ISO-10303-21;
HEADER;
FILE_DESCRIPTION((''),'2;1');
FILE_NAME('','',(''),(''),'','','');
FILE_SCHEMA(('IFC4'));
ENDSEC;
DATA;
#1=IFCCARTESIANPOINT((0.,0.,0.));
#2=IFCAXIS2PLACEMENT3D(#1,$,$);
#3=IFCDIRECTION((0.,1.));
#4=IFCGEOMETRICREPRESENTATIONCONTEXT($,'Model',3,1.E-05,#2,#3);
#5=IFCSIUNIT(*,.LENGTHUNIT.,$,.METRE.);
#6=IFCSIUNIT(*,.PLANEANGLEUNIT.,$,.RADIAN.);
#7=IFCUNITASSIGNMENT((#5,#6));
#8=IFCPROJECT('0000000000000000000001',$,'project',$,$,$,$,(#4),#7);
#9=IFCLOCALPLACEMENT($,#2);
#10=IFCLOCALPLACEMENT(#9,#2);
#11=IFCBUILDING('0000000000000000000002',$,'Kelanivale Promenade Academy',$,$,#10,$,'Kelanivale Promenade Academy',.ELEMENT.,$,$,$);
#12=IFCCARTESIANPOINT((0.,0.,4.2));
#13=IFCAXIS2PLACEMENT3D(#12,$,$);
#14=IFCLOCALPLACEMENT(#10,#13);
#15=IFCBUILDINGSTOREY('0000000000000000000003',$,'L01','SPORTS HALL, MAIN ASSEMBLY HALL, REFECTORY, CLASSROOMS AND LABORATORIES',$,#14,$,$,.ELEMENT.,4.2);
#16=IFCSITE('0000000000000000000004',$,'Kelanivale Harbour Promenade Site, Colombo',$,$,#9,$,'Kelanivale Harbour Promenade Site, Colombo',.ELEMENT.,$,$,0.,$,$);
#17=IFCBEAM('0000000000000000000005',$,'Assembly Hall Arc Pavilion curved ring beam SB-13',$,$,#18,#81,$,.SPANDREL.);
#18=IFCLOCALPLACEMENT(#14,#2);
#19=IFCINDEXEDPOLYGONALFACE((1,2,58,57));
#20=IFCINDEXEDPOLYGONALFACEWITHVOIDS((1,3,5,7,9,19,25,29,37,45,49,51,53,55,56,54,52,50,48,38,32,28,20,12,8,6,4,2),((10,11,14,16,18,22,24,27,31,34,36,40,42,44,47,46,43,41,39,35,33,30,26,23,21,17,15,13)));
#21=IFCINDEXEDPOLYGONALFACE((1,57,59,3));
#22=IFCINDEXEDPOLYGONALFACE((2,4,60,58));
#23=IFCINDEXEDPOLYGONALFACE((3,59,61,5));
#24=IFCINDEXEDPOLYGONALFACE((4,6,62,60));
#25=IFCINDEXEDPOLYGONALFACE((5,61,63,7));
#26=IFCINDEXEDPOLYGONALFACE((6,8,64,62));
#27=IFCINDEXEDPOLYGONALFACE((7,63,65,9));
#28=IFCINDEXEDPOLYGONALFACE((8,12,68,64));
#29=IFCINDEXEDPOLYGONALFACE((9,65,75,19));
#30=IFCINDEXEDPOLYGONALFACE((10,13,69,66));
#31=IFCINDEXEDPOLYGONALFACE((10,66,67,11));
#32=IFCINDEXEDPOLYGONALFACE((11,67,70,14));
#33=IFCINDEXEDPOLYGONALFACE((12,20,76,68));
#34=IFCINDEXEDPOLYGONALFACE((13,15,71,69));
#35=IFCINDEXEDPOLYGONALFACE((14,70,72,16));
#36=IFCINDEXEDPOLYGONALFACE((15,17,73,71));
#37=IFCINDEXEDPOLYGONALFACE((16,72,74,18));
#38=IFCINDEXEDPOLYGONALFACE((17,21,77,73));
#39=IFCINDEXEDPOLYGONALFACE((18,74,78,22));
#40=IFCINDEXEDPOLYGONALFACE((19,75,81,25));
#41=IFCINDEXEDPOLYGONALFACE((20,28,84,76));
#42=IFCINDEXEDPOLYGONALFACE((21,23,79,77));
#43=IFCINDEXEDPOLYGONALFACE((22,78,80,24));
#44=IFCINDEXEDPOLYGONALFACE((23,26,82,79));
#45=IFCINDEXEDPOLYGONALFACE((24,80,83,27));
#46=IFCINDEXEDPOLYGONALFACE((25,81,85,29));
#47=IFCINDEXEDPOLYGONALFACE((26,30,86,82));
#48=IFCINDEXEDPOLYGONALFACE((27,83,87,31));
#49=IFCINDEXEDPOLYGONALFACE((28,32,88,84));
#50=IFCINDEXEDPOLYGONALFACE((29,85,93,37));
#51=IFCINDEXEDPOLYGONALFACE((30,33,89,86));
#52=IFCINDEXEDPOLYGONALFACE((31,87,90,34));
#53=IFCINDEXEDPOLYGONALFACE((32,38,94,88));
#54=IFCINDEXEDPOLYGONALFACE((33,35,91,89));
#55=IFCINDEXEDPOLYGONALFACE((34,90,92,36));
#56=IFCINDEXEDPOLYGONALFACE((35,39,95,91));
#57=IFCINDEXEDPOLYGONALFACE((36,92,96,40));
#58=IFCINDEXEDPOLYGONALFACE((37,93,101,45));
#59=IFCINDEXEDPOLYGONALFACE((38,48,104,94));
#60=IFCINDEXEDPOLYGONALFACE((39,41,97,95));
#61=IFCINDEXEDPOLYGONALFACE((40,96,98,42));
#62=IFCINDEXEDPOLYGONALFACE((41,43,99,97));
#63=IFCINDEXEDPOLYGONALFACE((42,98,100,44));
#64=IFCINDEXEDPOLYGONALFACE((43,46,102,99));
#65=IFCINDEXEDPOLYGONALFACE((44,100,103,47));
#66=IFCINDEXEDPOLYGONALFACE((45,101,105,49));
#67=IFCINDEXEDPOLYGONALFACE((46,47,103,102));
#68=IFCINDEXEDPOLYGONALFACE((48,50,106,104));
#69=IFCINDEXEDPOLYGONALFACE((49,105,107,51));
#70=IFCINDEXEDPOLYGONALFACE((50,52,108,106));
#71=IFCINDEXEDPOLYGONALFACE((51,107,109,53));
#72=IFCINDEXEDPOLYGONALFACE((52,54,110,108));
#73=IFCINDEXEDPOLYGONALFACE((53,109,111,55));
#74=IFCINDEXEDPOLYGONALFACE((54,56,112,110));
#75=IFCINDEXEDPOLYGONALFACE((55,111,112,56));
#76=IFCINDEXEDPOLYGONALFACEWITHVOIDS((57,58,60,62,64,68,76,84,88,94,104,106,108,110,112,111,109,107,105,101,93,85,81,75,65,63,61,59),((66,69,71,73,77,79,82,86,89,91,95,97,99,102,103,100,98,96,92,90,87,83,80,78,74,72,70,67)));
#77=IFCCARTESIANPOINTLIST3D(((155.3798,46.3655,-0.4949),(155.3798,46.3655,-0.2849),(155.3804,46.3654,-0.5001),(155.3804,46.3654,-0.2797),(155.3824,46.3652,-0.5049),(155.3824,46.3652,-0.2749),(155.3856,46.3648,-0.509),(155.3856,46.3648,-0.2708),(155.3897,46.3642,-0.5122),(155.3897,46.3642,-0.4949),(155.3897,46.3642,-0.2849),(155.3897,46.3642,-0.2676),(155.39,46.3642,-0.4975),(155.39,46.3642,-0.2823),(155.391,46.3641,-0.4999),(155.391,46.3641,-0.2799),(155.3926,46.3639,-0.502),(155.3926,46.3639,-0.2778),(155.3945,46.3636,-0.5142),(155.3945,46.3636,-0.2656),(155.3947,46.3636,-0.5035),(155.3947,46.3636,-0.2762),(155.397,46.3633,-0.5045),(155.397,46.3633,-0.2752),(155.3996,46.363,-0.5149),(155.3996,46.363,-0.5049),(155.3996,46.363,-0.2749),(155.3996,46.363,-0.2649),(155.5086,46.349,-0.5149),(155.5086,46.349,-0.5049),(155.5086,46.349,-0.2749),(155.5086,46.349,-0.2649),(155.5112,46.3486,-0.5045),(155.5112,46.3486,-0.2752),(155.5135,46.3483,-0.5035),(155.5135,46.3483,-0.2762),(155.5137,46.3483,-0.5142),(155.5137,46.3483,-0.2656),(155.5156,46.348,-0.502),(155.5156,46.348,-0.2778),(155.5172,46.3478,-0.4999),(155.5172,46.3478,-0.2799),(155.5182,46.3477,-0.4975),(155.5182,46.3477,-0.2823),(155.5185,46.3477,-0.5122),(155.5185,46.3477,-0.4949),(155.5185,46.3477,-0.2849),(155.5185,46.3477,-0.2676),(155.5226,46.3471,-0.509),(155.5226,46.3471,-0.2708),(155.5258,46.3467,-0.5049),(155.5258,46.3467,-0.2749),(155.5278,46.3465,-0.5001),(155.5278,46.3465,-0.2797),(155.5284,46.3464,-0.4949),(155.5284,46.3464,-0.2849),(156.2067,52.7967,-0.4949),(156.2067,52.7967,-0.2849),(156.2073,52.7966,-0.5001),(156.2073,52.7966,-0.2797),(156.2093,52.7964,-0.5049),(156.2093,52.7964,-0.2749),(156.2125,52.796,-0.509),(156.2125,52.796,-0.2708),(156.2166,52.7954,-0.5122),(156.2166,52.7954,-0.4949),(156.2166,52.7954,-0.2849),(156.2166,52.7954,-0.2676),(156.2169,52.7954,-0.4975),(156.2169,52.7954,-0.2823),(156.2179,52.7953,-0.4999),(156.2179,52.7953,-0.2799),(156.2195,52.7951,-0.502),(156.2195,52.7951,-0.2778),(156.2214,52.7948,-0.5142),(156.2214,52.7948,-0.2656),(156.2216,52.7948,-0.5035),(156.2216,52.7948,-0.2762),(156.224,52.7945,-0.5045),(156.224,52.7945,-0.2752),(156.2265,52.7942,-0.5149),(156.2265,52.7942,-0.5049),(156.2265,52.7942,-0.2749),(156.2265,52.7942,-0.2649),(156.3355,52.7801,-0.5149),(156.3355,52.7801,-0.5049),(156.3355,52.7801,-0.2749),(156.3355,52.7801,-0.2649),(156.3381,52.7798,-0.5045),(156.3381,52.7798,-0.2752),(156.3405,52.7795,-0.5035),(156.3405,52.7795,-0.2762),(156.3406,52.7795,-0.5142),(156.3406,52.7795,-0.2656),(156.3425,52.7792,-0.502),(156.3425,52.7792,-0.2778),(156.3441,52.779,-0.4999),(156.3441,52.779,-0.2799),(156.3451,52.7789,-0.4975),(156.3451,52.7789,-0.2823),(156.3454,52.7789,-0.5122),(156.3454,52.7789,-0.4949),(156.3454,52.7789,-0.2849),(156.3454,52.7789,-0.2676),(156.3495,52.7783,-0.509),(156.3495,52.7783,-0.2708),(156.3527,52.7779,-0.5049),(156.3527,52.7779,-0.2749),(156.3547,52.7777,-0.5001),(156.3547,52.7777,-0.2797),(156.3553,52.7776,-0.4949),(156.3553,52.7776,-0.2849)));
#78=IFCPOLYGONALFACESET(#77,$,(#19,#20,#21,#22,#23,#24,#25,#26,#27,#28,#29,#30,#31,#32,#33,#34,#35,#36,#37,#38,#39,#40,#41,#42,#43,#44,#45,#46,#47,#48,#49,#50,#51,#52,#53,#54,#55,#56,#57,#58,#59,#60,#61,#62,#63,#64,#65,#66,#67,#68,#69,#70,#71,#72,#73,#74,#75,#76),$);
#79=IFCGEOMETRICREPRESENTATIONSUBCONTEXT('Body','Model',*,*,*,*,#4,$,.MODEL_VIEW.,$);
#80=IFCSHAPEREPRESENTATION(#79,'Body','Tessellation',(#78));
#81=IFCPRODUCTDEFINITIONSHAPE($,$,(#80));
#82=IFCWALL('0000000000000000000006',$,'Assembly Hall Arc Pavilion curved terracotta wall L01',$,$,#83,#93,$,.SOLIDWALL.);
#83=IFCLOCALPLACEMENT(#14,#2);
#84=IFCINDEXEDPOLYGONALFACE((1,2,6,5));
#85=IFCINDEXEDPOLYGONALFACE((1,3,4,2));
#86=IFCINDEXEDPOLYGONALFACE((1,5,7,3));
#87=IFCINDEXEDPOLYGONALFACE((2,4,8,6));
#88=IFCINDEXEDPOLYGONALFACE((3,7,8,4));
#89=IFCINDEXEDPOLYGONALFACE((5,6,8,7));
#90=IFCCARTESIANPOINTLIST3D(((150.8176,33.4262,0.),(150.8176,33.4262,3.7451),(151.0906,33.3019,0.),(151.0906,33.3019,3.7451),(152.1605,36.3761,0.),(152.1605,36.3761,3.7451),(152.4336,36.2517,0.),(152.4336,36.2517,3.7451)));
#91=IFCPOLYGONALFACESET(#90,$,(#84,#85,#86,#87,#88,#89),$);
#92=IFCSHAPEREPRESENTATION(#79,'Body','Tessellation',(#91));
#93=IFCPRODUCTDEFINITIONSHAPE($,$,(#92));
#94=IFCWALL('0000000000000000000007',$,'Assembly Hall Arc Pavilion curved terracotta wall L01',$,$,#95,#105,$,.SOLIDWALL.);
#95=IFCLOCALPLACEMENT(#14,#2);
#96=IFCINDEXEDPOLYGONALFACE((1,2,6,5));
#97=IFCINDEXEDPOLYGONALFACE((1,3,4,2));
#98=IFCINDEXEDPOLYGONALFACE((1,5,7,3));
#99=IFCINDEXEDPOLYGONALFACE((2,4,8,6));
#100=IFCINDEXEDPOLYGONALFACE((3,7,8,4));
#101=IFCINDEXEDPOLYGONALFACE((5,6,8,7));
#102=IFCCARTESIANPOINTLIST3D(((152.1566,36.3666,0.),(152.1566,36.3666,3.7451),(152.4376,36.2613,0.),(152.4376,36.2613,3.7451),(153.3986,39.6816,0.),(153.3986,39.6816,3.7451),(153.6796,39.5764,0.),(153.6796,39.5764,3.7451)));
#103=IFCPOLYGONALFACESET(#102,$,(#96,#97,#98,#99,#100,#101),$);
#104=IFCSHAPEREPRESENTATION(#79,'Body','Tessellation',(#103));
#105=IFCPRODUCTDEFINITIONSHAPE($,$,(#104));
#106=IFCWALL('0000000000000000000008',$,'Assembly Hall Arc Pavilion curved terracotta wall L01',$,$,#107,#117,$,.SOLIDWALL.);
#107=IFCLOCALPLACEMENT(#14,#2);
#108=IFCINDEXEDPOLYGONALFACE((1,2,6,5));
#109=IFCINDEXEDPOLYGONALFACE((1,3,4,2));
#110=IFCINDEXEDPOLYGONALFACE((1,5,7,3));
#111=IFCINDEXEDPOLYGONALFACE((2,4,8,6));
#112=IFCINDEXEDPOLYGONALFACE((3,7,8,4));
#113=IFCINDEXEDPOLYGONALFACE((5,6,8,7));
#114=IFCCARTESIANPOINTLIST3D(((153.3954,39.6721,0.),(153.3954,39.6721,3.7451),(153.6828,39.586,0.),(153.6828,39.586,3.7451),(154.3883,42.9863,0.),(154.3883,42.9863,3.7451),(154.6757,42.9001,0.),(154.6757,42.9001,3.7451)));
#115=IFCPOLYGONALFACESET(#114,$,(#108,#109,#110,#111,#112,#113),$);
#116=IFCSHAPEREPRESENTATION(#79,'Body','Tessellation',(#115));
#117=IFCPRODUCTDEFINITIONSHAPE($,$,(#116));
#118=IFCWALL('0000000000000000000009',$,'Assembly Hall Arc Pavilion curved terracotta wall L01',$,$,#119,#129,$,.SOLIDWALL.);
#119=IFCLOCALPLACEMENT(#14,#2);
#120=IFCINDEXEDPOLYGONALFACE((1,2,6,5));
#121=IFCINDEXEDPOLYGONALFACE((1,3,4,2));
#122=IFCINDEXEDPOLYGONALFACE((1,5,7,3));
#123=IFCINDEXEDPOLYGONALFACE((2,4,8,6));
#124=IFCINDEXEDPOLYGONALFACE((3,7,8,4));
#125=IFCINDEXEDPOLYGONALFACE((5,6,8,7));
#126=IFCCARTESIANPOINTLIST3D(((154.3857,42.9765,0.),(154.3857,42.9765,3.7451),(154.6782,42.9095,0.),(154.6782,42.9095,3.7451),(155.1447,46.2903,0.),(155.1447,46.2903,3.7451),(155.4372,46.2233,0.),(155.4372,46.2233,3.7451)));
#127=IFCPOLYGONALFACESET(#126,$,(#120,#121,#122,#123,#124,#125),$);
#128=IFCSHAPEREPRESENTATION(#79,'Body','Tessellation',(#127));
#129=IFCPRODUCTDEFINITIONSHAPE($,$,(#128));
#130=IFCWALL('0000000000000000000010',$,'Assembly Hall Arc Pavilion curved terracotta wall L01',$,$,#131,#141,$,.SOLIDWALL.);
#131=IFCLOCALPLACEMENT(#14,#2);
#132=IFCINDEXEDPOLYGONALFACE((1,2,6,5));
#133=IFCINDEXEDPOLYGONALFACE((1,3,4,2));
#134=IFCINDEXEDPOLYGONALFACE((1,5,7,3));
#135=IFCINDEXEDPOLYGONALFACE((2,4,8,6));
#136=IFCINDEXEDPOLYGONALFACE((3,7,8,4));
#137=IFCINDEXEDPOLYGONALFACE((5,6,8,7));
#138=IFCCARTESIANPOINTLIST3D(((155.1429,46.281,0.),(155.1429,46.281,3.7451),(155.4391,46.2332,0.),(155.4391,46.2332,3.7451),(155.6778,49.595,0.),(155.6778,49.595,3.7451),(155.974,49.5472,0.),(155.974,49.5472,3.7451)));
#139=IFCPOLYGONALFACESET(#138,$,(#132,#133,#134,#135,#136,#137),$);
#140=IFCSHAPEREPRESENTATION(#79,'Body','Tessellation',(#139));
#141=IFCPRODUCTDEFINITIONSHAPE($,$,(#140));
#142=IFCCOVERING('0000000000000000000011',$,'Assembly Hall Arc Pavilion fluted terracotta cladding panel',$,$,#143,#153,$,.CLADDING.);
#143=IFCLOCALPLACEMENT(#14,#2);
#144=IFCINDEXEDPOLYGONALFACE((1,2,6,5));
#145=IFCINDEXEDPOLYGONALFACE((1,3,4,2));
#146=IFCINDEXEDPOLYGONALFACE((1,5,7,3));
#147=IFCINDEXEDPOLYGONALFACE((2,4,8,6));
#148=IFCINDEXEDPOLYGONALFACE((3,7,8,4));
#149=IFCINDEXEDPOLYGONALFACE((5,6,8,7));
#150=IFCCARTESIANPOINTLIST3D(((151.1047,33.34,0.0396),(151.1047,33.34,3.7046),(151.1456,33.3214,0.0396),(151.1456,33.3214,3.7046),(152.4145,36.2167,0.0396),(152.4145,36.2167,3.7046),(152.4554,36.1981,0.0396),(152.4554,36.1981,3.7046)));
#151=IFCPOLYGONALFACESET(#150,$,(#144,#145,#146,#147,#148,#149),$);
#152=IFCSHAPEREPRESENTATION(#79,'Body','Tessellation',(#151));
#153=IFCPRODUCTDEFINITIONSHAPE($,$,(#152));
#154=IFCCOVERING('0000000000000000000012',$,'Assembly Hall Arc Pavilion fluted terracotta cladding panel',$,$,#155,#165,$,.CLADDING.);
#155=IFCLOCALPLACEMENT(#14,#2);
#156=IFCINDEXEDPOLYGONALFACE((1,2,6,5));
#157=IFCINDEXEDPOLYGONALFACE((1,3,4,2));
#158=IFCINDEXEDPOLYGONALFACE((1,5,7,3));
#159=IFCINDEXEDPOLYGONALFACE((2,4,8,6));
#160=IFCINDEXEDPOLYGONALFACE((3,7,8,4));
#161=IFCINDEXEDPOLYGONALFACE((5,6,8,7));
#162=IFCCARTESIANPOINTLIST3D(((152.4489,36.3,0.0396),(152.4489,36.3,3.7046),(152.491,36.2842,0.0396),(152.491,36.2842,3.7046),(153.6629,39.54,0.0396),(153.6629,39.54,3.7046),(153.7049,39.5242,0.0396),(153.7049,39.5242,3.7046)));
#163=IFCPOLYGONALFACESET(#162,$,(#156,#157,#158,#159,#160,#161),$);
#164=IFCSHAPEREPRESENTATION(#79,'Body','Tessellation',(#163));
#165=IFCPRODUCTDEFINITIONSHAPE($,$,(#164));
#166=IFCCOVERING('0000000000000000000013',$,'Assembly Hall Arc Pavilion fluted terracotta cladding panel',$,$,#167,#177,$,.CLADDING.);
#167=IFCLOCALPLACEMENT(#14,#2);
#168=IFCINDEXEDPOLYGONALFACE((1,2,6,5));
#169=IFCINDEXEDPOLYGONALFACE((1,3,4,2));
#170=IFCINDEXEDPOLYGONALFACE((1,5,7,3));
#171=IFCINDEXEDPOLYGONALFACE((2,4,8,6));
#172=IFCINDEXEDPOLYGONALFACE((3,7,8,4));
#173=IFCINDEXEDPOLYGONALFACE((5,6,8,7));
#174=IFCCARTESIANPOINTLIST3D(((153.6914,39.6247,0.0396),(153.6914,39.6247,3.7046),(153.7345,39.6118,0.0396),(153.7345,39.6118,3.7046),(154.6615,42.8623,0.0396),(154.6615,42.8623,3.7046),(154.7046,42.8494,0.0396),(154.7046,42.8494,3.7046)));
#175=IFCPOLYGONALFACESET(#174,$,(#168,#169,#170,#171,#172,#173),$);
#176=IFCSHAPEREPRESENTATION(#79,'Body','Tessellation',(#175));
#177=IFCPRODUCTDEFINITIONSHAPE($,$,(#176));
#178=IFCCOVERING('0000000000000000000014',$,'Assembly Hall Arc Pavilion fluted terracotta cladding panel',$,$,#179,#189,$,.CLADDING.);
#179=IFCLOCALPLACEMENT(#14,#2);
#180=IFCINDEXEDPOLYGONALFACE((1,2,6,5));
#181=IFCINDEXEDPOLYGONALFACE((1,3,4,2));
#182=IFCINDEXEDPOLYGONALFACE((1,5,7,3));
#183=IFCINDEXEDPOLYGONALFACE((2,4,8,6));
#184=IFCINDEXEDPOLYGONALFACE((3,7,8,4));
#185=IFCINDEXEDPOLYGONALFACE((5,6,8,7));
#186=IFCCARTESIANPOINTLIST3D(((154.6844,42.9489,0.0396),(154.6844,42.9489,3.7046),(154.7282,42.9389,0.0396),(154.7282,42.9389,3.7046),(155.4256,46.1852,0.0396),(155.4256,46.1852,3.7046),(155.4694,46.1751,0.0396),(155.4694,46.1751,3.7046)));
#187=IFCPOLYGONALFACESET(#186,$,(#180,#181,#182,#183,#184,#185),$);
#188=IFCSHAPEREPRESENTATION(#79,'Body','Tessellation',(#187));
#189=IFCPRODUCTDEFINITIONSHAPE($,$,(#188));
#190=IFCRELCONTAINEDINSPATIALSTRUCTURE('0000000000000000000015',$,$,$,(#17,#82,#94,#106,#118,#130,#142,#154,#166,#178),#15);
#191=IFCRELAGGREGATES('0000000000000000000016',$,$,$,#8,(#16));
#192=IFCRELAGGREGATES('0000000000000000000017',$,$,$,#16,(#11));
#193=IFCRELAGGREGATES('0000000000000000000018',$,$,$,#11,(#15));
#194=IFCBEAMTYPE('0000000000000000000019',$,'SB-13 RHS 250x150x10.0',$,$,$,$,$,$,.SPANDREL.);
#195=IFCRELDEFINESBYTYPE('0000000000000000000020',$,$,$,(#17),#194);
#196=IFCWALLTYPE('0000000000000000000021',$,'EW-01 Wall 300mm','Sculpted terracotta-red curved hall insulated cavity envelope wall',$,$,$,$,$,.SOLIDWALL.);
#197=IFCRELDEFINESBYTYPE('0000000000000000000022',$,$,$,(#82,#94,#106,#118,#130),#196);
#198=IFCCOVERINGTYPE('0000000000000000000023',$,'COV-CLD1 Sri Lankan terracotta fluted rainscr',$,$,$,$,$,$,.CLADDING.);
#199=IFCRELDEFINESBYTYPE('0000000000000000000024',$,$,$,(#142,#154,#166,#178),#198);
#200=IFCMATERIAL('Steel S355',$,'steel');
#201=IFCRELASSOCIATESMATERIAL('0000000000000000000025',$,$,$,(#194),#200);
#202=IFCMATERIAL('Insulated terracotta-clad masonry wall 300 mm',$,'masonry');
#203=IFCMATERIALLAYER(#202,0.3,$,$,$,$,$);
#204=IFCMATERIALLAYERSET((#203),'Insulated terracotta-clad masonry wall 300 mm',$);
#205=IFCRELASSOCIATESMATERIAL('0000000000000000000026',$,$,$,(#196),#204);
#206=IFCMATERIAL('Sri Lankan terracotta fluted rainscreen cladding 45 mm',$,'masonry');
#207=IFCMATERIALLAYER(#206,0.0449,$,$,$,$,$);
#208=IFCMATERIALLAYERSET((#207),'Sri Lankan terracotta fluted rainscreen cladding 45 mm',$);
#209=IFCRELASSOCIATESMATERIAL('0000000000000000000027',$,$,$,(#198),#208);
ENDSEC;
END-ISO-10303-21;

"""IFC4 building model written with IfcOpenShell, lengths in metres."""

from ifc_helpers import new_model, si_unit, direction, frame, frame_2d, origin, origin_2d, place, context, subcontext, project, spatial, rectangle, hollow_rectangle, extrude, material, layer, layer_set, material_profile, profile_set, type_object, element, save


model = new_model("IFC4")

# Units and contexts
model_context = context("Model", 3, precision=1e-05, world=origin(), true_north=direction((0.0, 1.0)))
body_context = subcontext(model_context, "Body", "Model", "MODEL_VIEW")
ifc_project = project(units=[si_unit("LENGTHUNIT", "METRE"), si_unit("PLANEANGLEUNIT", "RADIAN")], contexts=[model_context])

# Site, building, storey
site_placement = place(None, origin())
site = spatial("IfcSite", under=ifc_project, at=site_placement, Name="Kelanivale Harbour Promenade Site, Colombo", LongName="Kelanivale Harbour Promenade Site, Colombo", CompositionType="ELEMENT", RefElevation=0.0)
building_placement = place(site_placement, origin())
building = spatial("IfcBuilding", under=site, at=building_placement, Name="Kelanivale Promenade Academy", LongName="Kelanivale Promenade Academy", CompositionType="ELEMENT")
storey_placement = place(building_placement, frame((0.0, 0.0, 4.2)))
storey = spatial("IfcBuildingStorey", under=building, at=storey_placement, Name="L01", Description="SPORTS HALL, MAIN ASSEMBLY HALL, REFECTORY, CLASSROOMS AND LABORATORIES", CompositionType="ELEMENT", Elevation=4.2)

# Shared definitions
ifc_material_1 = material(Name="Steel S355", Category="steel")

# Beam
ifc_material_profile_1 = material_profile(ifc_material_1, hollow_rectangle(XDim=0.1499, YDim=0.25, WallThickness=0.01, InnerFilletRadius=0.01, OuterFilletRadius=0.02, at=origin_2d()), Name="RHS 250x150x10.0")
ifc_profile_set_1 = profile_set([ifc_material_profile_1], Name="Steel S355")
beam_type_1 = type_object("IfcBeamType", Name="SB-13 RHS 250x150x10.0", PredefinedType="SPANDREL", material=ifc_profile_set_1)
beam_1_placement = place(storey_placement, frame((155.4541, 46.356, -0.3899), z_axis=(0.127528, 0.991835, 0.0), x_axis=(-0.991835, 0.127528, 0.0)))
element("IfcBeam", 1, at=beam_1_placement, inside=storey, type_object=beam_type_1, Name="Assembly Hall Arc Pavilion curved ring beam SB-13", PredefinedType="SPANDREL", context=body_context, shape_type="SweptSolid", body=[
    extrude(hollow_rectangle(XDim=0.1499, YDim=0.25, WallThickness=0.01, InnerFilletRadius=0.01, OuterFilletRadius=0.02, at=origin_2d()), origin(), (0.0, 0.0, 1.0), 6.4841),
])

# Walls
ifc_material_2 = material(Name="Insulated terracotta-clad masonry wall 300 mm", Category="masonry")
ifc_layer_1 = layer(ifc_material_2, 0.3)
ifc_layer_set_1 = layer_set([ifc_layer_1], Name="Insulated terracotta-clad masonry wall 300 mm")
wall_type = type_object("IfcWallType", Name="EW-01 Wall 300mm", Description="Sculpted terracotta-red curved hall insulated cavity envelope wall", PredefinedType="SOLIDWALL", material=ifc_layer_set_1)
wall_1_placement = place(storey_placement, frame((150.9541, 33.364, 0.0), z_axis=(0.0, 0.0, 1.0), x_axis=(0.414348, 0.910119, 0.0)))
element("IfcWall", 2, at=wall_1_placement, inside=storey, type_object=wall_type, Name="Assembly Hall Arc Pavilion curved terracotta wall L01", PredefinedType="SOLIDWALL", context=body_context, shape_type="SweptSolid", body=[
    extrude(rectangle(XDim=3.2412, YDim=0.3, at=frame_2d((1.6206, 0.0))), origin(), (0.0, 0.0, 1.0), 3.7451),
])
wall_2_placement = place(storey_placement, frame((152.2971, 36.314, 0.0), z_axis=(0.0, 0.0, 1.0), x_axis=(0.350836, 0.936437, 0.0)))
element("IfcWall", 3, at=wall_2_placement, inside=storey, type_object=wall_type, Name="Assembly Hall Arc Pavilion curved terracotta wall L01", PredefinedType="SOLIDWALL", context=body_context, shape_type="SweptSolid", body=[
    extrude(rectangle(XDim=3.54, YDim=0.3, at=frame_2d((1.77, 0.0))), origin(), (0.0, 0.0, 1.0), 3.7451),
])
wall_3_placement = place(storey_placement, frame((153.5391, 39.6289, 0.0), z_axis=(0.0, 0.0, 1.0), x_axis=(0.286992, 0.957933, 0.0)))
element("IfcWall", 4, at=wall_3_placement, inside=storey, type_object=wall_type, Name="Assembly Hall Arc Pavilion curved terracotta wall L01", PredefinedType="SOLIDWALL", context=body_context, shape_type="SweptSolid", body=[
    extrude(rectangle(XDim=3.4597, YDim=0.3, at=frame_2d((1.73, 0.0))), origin(), (0.0, 0.0, 1.0), 3.7451),
])
wall_4_placement = place(storey_placement, frame((154.532, 42.9431, 0.0), z_axis=(0.0, 0.0, 1.0), x_axis=(0.22326, 0.974759, 0.0)))
element("IfcWall", 5, at=wall_4_placement, inside=storey, type_object=wall_type, Name="Assembly Hall Arc Pavilion curved terracotta wall L01", PredefinedType="SOLIDWALL", context=body_context, shape_type="SweptSolid", body=[
    extrude(rectangle(XDim=3.3997, YDim=0.3, at=frame_2d((1.6997, 0.0))), origin(), (0.0, 0.0, 1.0), 3.7451),
])
wall_5_placement = place(storey_placement, frame((155.291, 46.2571, 0.0), z_axis=(0.0, 0.0, 1.0), x_axis=(0.159349, 0.987222, 0.0)))
element("IfcWall", 6, at=wall_5_placement, inside=storey, type_object=wall_type, Name="Assembly Hall Arc Pavilion curved terracotta wall L01", PredefinedType="SOLIDWALL", context=body_context, shape_type="SweptSolid", body=[
    extrude(rectangle(XDim=3.3569, YDim=0.3, at=frame_2d((1.6785, 0.0))), origin(), (0.0, 0.0, 1.0), 3.7451),
])

# Coverings
ifc_material_3 = material(Name="Sri Lankan terracotta fluted rainscreen cladding 45 mm", Category="masonry")
ifc_layer_2 = layer(ifc_material_3, 0.0449)
ifc_layer_set_2 = layer_set([ifc_layer_2], Name="Sri Lankan terracotta fluted rainscreen cladding 45 mm")
covering_type = type_object("IfcCoveringType", Name="COV-CLD1 Sri Lankan terracotta fluted rainscr", PredefinedType="CLADDING", material=ifc_layer_set_2)
covering_1_placement = place(storey_placement, frame((151.78, 34.769, 0.0396), z_axis=(0.0, 0.0, 1.0), x_axis=(0.414376, 0.910106, 0.0)))
element("IfcCovering", 7, at=covering_1_placement, inside=storey, type_object=covering_type, Name="Assembly Hall Arc Pavilion fluted terracotta cladding panel", PredefinedType="CLADDING", context=body_context, shape_type="SweptSolid", body=[
    extrude(rectangle(XDim=3.1609, YDim=0.0449, at=origin_2d()), origin(), (0.0, 0.0, 1.0), 3.665),
])
covering_2_placement = place(storey_placement, frame((153.0769, 37.9121, 0.0396), z_axis=(0.0, 0.0, 1.0), x_axis=(0.350861, 0.936427, 0.0)))
element("IfcCovering", 8, at=covering_2_placement, inside=storey, type_object=covering_type, Name="Assembly Hall Arc Pavilion fluted terracotta cladding panel", PredefinedType="CLADDING", context=body_context, shape_type="SweptSolid", body=[
    extrude(rectangle(XDim=3.46, YDim=0.0449, at=origin_2d()), origin(), (0.0, 0.0, 1.0), 3.665),
])
covering_3_placement = place(storey_placement, frame((154.198, 41.2371, 0.0396), z_axis=(0.0, 0.0, 1.0), x_axis=(0.287026, 0.957923, 0.0)))
element("IfcCovering", 9, at=covering_3_placement, inside=storey, type_object=covering_type, Name="Assembly Hall Arc Pavilion fluted terracotta cladding panel", PredefinedType="CLADDING", context=body_context, shape_type="SweptSolid", body=[
    extrude(rectangle(XDim=3.3799, YDim=0.0449, at=origin_2d()), origin(), (0.0, 0.0, 1.0), 3.665),
])
covering_4_placement = place(storey_placement, frame((155.0769, 44.562, 0.0396), z_axis=(0.0, 0.0, 1.0), x_axis=(0.22325, 0.974761, 0.0)))
element("IfcCovering", 10, at=covering_4_placement, inside=storey, type_object=covering_type, Name="Assembly Hall Arc Pavilion fluted terracotta cladding panel", PredefinedType="CLADDING", context=body_context, shape_type="SweptSolid", body=[
    extrude(rectangle(XDim=3.3201, YDim=0.0449, at=origin_2d()), origin(), (0.0, 0.0, 1.0), 3.665),
])

save(model, "model.ifc")
